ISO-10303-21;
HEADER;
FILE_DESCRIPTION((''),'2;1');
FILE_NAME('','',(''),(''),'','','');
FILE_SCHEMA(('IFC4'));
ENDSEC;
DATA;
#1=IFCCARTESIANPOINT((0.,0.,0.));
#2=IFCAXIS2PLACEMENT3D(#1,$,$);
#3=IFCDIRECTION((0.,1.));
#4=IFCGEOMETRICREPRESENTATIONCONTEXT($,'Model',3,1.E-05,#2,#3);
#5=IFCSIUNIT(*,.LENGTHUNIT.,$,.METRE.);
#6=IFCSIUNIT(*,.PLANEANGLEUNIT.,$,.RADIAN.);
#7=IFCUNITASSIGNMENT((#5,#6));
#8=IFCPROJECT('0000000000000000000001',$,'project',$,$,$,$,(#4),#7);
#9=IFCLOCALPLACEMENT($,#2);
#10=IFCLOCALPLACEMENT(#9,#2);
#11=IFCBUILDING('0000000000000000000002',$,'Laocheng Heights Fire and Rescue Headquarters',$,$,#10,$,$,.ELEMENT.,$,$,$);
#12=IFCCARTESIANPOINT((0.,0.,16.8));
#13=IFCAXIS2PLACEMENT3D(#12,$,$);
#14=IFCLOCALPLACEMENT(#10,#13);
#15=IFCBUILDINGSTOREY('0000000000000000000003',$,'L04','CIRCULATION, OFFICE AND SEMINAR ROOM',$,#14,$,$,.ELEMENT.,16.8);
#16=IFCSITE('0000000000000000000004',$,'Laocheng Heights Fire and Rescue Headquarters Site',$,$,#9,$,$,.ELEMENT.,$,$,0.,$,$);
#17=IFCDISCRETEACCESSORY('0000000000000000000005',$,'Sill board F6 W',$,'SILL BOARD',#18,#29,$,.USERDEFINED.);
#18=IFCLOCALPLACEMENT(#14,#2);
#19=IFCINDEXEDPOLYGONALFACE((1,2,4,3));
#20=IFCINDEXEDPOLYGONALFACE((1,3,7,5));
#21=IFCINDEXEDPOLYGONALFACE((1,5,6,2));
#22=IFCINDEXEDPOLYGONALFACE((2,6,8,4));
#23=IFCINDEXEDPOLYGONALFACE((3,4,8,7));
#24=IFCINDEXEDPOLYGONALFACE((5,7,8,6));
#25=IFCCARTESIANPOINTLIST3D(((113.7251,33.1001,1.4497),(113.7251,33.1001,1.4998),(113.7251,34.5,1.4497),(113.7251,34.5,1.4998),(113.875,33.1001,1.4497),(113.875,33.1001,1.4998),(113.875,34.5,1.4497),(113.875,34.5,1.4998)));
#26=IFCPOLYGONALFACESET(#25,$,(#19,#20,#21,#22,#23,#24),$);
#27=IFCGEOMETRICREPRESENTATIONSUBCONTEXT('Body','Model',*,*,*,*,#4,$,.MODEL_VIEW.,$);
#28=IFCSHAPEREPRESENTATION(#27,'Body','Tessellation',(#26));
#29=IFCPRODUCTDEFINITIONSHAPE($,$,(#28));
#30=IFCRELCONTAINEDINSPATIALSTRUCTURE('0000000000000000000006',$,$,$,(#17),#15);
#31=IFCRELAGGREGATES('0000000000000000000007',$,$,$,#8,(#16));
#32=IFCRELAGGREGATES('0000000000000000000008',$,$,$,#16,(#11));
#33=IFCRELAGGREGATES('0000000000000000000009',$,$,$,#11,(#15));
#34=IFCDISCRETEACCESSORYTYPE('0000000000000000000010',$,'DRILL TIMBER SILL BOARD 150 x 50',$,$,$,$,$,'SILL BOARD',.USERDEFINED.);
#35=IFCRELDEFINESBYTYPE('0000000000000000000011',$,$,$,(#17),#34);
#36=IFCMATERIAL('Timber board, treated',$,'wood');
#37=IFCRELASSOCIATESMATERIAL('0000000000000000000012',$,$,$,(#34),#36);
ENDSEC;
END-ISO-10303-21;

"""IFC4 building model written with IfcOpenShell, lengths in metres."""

from ifc_helpers import new_model, si_unit, direction, frame, origin, origin_2d, place, context, subcontext, project, spatial, rectangle, extrude, material, type_object, element, save


model = new_model("IFC4")

# Units and contexts
model_context = context("Model", 3, precision=1e-05, world=origin(), true_north=direction((0.0, 1.0)))
body_context = subcontext(model_context, "Body", "Model", "MODEL_VIEW")
ifc_project = project(units=[si_unit("LENGTHUNIT", "METRE"), si_unit("PLANEANGLEUNIT", "RADIAN")], contexts=[model_context])

# Site, building, storey
site_placement = place(None, origin())
site = spatial("IfcSite", under=ifc_project, at=site_placement, Name="Laocheng Heights Fire and Rescue Headquarters Site", CompositionType="ELEMENT", RefElevation=0.0)
building_placement = place(site_placement, origin())
building = spatial("IfcBuilding", under=site, at=building_placement, Name="Laocheng Heights Fire and Rescue Headquarters", CompositionType="ELEMENT")
storey_placement = place(building_placement, frame((0.0, 0.0, 16.8)))
storey = spatial("IfcBuildingStorey", under=building, at=storey_placement, Name="L04", Description="CIRCULATION, OFFICE AND SEMINAR ROOM", CompositionType="ELEMENT", Elevation=16.8)

# Discrete accessory
ifc_material_1 = material(Name="Timber board, treated", Category="wood")
discrete_accessory_type = type_object("IfcDiscreteAccessoryType", Name="DRILL TIMBER SILL BOARD 150 x 50", ElementType="SILL BOARD", PredefinedType="USERDEFINED", material=ifc_material_1)
discrete_accessory_placement = place(storey_placement, frame((113.8, 33.8, 1.4497), z_axis=(0.0, 0.0, 1.0), x_axis=(1.0, 0.0, 0.0)))
element("IfcDiscreteAccessory", 1, at=discrete_accessory_placement, inside=storey, type_object=discrete_accessory_type, Name="Sill board F6 W", ObjectType="SILL BOARD", PredefinedType="USERDEFINED", context=body_context, shape_type="SweptSolid", body=[
    extrude(rectangle(XDim=0.1499, YDim=1.3999, at=origin_2d()), origin(), (0.0, 0.0, 1.0), 0.05),
])

save(model, "model.ifc")
